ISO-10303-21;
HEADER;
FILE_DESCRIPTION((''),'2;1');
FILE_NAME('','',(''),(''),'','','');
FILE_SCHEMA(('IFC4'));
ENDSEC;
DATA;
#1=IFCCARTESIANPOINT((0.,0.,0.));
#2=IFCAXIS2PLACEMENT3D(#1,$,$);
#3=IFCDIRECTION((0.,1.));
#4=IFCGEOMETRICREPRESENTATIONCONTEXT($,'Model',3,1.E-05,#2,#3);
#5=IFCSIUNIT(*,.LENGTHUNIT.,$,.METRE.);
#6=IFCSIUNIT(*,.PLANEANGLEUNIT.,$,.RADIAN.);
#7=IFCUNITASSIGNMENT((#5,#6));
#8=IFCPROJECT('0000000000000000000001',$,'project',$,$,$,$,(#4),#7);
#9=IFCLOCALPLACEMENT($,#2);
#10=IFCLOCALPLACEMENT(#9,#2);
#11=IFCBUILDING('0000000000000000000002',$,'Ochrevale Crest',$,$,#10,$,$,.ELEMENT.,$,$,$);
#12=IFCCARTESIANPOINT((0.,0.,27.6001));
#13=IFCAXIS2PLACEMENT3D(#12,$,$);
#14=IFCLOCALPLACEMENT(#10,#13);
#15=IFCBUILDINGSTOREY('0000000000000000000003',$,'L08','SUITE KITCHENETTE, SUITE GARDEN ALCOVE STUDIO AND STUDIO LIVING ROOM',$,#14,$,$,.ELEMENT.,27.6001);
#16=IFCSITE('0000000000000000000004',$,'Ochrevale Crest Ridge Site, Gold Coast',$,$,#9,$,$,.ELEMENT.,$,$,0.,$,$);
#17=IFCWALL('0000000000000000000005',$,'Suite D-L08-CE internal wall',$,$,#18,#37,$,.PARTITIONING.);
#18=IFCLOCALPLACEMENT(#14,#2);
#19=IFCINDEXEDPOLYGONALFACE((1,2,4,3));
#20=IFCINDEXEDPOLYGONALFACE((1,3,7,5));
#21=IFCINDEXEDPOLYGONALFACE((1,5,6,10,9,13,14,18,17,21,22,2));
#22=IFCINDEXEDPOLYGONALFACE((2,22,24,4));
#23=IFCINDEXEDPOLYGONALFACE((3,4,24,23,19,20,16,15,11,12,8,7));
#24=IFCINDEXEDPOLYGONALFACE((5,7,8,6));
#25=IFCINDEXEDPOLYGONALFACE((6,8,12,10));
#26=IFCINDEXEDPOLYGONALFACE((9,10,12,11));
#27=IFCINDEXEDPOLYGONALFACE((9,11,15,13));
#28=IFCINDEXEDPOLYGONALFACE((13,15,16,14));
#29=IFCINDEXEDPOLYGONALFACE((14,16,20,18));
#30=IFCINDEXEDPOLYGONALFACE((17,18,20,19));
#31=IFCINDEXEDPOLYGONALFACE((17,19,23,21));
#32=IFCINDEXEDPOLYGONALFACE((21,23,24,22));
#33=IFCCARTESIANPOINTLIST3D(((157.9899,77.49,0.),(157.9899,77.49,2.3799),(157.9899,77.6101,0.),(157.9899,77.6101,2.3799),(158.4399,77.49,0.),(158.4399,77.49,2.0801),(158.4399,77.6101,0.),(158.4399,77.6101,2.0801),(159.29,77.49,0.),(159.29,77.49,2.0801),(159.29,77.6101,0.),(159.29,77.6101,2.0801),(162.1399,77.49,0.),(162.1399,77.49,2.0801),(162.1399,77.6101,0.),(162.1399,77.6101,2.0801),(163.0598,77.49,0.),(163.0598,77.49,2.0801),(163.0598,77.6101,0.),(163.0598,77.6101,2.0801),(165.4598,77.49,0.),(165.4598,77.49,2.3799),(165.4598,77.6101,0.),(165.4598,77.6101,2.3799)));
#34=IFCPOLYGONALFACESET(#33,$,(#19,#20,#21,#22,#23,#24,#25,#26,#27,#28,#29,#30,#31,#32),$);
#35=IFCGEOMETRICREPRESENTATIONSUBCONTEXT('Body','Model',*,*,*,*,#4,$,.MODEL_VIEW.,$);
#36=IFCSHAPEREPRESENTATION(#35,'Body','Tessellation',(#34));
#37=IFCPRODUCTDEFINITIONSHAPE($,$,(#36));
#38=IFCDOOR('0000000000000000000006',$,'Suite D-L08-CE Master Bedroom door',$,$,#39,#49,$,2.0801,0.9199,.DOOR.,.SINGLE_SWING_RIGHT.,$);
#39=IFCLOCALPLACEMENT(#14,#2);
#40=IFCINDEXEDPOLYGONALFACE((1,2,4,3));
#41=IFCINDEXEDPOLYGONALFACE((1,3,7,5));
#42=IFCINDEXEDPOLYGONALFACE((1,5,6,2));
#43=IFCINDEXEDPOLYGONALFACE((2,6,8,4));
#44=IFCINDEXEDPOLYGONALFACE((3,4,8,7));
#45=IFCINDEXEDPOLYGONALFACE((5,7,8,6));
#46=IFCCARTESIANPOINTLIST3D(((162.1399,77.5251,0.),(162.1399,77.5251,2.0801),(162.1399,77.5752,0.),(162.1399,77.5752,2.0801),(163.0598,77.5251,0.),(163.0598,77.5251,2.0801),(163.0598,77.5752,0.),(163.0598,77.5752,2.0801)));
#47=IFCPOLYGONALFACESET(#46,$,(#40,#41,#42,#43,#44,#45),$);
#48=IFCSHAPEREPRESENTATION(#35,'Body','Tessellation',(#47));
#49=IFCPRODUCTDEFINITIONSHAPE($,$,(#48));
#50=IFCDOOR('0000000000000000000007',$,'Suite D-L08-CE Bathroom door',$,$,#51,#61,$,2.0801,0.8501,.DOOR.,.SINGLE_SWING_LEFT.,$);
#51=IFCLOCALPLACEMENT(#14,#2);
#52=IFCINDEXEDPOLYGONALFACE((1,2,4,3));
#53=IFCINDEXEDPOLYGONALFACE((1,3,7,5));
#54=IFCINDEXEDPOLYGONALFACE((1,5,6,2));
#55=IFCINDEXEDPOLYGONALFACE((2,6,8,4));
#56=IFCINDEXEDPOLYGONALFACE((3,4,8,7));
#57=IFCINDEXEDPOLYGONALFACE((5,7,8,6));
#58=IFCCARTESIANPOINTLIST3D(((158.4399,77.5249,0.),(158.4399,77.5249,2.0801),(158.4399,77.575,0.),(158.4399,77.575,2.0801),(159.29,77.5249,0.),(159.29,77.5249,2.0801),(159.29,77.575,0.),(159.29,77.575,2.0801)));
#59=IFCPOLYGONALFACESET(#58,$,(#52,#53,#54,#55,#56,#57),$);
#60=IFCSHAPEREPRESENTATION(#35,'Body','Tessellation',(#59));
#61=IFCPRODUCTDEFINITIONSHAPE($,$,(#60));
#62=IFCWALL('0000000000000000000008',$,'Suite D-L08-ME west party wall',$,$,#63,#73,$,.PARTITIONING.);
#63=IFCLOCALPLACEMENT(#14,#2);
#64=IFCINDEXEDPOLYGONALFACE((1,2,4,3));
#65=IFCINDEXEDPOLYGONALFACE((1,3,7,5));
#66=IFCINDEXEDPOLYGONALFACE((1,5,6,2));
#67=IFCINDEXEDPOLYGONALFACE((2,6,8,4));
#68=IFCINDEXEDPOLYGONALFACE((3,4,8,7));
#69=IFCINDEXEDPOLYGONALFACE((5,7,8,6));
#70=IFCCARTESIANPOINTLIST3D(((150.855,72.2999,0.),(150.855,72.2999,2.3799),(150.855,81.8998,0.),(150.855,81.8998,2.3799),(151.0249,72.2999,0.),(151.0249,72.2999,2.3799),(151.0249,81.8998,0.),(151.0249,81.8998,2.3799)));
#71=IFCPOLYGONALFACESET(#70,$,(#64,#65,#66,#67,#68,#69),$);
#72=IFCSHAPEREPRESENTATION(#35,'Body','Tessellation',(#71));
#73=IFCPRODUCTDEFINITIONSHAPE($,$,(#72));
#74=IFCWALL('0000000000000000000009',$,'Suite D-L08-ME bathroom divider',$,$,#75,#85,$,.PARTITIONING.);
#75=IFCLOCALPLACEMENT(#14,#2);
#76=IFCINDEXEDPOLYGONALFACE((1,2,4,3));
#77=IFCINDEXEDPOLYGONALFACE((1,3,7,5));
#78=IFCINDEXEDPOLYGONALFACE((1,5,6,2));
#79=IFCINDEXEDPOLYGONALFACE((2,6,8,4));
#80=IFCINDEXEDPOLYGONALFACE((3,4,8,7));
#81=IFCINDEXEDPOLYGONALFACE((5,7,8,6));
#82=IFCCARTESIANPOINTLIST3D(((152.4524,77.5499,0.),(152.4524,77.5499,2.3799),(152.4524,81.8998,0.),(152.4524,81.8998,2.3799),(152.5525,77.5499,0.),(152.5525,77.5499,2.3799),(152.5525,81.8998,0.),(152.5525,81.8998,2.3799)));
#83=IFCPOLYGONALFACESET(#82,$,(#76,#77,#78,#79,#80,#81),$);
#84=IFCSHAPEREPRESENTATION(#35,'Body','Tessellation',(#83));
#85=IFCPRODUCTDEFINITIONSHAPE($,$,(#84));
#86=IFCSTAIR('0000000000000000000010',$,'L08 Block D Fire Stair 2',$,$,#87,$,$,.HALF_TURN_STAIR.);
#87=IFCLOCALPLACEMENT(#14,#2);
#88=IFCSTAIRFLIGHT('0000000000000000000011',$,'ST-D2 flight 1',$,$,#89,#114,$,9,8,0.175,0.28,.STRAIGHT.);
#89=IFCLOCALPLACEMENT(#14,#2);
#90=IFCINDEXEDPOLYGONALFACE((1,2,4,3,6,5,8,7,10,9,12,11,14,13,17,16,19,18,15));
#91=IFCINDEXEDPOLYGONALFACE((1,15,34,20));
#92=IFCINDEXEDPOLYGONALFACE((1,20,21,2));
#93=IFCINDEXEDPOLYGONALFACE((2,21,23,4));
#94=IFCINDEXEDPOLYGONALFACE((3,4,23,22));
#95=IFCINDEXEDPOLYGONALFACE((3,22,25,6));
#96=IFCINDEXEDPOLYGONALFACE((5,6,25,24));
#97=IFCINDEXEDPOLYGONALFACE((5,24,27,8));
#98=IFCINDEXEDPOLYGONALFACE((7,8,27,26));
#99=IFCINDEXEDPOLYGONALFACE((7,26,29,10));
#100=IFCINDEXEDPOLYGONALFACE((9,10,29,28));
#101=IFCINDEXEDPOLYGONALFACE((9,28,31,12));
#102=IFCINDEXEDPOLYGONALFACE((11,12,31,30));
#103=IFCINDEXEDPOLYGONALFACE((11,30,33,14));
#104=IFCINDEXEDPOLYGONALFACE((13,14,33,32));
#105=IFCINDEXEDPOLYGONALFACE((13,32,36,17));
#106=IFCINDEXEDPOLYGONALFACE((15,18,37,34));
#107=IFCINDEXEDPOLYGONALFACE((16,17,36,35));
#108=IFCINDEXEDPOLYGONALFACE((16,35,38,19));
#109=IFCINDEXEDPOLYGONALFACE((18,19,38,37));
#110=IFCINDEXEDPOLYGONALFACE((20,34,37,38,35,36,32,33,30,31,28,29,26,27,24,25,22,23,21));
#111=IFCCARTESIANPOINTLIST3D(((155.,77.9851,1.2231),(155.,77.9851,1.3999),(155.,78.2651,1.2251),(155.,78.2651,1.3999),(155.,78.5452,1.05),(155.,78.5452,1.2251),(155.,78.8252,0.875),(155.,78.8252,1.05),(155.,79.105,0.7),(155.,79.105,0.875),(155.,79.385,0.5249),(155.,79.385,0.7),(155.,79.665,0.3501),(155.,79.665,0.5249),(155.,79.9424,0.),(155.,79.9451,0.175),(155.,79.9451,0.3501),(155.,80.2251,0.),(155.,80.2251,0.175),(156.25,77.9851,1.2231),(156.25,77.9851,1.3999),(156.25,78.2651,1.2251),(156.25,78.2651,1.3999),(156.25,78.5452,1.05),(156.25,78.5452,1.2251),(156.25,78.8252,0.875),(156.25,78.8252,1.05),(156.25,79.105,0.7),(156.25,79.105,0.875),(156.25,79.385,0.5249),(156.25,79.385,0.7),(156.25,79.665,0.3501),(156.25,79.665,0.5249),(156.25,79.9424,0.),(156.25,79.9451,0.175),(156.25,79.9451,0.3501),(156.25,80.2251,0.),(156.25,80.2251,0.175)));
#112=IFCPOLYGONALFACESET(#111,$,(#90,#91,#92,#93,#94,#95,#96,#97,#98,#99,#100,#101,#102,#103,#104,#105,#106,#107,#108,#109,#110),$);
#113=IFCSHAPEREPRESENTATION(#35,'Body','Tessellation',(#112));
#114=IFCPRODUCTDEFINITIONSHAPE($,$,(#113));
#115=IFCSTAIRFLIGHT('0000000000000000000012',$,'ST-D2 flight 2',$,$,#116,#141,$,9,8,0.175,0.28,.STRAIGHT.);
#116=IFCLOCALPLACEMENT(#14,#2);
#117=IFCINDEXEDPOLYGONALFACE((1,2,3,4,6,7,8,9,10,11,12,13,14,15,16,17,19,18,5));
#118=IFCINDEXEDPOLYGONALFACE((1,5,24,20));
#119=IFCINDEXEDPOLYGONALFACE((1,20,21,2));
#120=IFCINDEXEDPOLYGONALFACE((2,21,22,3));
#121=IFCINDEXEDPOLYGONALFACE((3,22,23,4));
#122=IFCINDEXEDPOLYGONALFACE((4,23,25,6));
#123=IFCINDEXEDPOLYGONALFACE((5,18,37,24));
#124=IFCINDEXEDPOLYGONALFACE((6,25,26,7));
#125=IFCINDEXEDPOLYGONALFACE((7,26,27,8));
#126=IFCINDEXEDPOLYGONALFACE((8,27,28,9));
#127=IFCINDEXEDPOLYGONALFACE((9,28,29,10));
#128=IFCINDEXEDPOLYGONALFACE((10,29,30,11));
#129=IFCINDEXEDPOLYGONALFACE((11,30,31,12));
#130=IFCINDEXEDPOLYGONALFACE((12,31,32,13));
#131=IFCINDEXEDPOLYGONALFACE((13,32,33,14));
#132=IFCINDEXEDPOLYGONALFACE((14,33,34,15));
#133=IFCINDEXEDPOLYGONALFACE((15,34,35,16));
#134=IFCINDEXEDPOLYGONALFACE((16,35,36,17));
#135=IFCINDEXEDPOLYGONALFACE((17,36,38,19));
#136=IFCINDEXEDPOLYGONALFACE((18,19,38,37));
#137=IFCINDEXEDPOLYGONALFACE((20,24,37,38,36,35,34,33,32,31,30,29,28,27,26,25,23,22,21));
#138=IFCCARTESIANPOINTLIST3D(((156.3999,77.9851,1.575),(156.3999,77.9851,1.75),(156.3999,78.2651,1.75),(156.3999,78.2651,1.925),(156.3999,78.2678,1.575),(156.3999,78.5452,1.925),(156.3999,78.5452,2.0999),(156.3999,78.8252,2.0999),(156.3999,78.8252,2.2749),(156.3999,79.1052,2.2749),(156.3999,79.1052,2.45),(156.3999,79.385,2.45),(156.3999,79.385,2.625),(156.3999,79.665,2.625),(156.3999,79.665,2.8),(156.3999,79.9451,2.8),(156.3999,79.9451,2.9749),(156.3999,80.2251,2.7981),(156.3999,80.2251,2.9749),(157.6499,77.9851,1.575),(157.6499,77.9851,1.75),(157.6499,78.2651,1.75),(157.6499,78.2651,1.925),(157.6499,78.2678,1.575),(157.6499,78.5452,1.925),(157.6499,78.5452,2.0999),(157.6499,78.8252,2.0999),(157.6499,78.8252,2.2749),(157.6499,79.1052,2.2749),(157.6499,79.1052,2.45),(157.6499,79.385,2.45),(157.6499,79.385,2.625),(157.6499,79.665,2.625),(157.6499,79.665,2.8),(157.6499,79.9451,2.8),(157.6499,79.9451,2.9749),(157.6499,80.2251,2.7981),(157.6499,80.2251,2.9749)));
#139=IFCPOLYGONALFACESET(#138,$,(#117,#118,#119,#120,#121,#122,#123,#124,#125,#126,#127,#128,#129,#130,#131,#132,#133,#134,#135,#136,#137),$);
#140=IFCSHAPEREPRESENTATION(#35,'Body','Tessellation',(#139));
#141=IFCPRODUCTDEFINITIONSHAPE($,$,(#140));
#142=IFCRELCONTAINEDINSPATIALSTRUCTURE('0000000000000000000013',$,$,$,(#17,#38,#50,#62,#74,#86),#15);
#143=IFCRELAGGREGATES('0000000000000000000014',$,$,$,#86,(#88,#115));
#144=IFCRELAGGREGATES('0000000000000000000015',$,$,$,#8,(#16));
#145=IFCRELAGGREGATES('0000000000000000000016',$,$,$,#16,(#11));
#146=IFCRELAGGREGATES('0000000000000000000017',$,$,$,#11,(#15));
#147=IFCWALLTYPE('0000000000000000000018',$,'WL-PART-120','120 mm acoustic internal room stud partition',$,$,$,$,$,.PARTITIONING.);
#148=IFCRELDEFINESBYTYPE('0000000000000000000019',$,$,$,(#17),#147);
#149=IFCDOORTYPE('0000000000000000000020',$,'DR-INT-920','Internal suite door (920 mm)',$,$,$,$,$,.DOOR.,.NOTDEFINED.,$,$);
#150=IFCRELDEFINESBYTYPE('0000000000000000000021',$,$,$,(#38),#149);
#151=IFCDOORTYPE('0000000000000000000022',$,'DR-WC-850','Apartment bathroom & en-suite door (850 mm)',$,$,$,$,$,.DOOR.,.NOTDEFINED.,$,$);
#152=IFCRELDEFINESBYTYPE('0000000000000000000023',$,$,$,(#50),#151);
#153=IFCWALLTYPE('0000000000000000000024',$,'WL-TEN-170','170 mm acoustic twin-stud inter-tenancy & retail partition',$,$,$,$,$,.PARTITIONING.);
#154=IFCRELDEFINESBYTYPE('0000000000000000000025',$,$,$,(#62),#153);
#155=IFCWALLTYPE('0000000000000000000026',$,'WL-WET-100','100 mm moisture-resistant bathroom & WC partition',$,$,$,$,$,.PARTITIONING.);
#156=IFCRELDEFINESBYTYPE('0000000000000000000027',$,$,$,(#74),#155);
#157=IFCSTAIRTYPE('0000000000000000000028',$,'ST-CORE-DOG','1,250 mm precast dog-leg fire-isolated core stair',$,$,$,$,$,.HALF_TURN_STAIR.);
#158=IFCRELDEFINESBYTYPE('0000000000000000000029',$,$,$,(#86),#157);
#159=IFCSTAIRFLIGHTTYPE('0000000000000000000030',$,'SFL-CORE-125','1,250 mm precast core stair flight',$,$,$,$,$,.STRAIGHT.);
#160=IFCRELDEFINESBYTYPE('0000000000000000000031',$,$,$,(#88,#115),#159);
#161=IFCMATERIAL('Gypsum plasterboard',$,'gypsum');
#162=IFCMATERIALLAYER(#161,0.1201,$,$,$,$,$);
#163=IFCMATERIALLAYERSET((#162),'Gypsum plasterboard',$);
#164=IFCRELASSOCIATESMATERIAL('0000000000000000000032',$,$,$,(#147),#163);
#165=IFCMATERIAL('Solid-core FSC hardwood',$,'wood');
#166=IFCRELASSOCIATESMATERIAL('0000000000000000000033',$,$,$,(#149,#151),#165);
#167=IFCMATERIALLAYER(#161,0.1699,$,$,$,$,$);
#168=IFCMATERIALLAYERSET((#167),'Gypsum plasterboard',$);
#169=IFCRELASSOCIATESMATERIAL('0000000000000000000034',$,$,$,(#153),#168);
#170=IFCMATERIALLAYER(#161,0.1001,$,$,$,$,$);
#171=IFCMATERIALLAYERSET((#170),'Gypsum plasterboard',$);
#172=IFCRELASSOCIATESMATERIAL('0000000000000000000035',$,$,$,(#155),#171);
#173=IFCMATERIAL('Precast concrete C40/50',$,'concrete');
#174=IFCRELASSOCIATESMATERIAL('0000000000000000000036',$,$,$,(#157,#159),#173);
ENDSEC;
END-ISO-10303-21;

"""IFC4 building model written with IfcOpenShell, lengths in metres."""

from ifc_helpers import new_model, si_unit, direction, frame, frame_2d, origin, place, context, subcontext, project, spatial, polyline, rectangle, outline, extrude, material, layer, layer_set, type_object, element, fill, aggregate, save


model = new_model("IFC4")

# Units and contexts
model_context = context("Model", 3, precision=1e-05, world=origin(), true_north=direction((0.0, 1.0)))
body_context = subcontext(model_context, "Body", "Model", "MODEL_VIEW")
ifc_project = project(units=[si_unit("LENGTHUNIT", "METRE"), si_unit("PLANEANGLEUNIT", "RADIAN")], contexts=[model_context])

# Site, building, storey
site_placement = place(None, origin())
site = spatial("IfcSite", under=ifc_project, at=site_placement, Name="Ochrevale Crest Ridge Site, Gold Coast", CompositionType="ELEMENT", RefElevation=0.0)
building_placement = place(site_placement, origin())
building = spatial("IfcBuilding", under=site, at=building_placement, Name="Ochrevale Crest", CompositionType="ELEMENT")
storey_placement = place(building_placement, frame((0.0, 0.0, 27.6001)))
storey = spatial("IfcBuildingStorey", under=building, at=storey_placement, Name="L08", Description="SUITE KITCHENETTE, SUITE GARDEN ALCOVE STUDIO AND STUDIO LIVING ROOM", CompositionType="ELEMENT", Elevation=27.6001)

# Wall, openings, doors
ifc_material_1 = material(Name="Gypsum plasterboard", Category="gypsum")
ifc_layer_1 = layer(ifc_material_1, 0.1201)
ifc_layer_set_1 = layer_set([ifc_layer_1], Name="Gypsum plasterboard")
wall_type_1 = type_object("IfcWallType", Name="WL-PART-120", Description="120 mm acoustic internal room stud partition", PredefinedType="PARTITIONING", material=ifc_layer_set_1)
ifc_material_2 = material(Name="Solid-core FSC hardwood", Category="wood")
door_type_1 = type_object("IfcDoorType", Name="DR-INT-920", Description="Internal suite door (920 mm)", OperationType="NOTDEFINED", PredefinedType="DOOR", material=ifc_material_2)
door_type_2 = type_object("IfcDoorType", Name="DR-WC-850", Description="Apartment bathroom & en-suite door (850 mm)", OperationType="NOTDEFINED", PredefinedType="DOOR", material=ifc_material_2)
wall_1_placement = place(storey_placement, frame((157.99, 77.55, 0.0), z_axis=(0.0, 0.0, 1.0), x_axis=(1.0, 0.0, 0.0)))
wall_1 = element("IfcWall", 1, at=wall_1_placement, inside=storey, type_object=wall_type_1, Name="Suite D-L08-CE internal wall", PredefinedType="PARTITIONING", context=body_context, shape_type="SweptSolid", body=[
    extrude(rectangle(XDim=7.47, YDim=0.1201, at=frame_2d((3.7349, 0.0))), origin(), (0.0, 0.0, 1.0), 2.3799),
])
opening_1_placement = place(wall_1_placement, frame((0.45, 0.0, 0.0)))
opening_1 = element("IfcOpeningElement", 2, at=opening_1_placement, cuts=wall_1, PredefinedType="OPENING", context=body_context, shape_type="SweptSolid", body=[
    extrude(rectangle(XDim=0.8501, YDim=2.0801, at=frame_2d((0.425, 1.04))), frame((0.0, 0.0701, 0.0), z_axis=(0.0, -1.0, 0.0), x_axis=(1.0, 0.0, 0.0)), (0.0, 0.0, 1.0), 0.1401),
])
opening_2_placement = place(wall_1_placement, frame((5.0698, 0.0, 0.0), z_axis=(0.0, 0.0, 1.0), x_axis=(-1.0, 0.0, 0.0)))
opening_2 = element("IfcOpeningElement", 3, at=opening_2_placement, cuts=wall_1, PredefinedType="OPENING", context=body_context, shape_type="SweptSolid", body=[
    extrude(rectangle(XDim=0.9199, YDim=2.0801, at=frame_2d((0.46, 1.04))), frame((0.0, 0.0701, 0.0), z_axis=(0.0, -1.0, 0.0), x_axis=(1.0, 0.0, 0.0)), (0.0, 0.0, 1.0), 0.1401),
])
door_1_placement = place(opening_2_placement, origin())
door_1 = element("IfcDoor", 4, at=door_1_placement, inside=storey, type_object=door_type_1, Name="Suite D-L08-CE Master Bedroom door", OperationType="SINGLE_SWING_RIGHT", OverallHeight=2.0801, OverallWidth=0.9199, PredefinedType="DOOR", context=body_context, shape_type="SweptSolid", body=[
    extrude(rectangle(XDim=0.9199, YDim=2.0801, at=frame_2d((0.46, 1.04))), frame((0.0, 0.0249, 0.0), z_axis=(0.0, -1.0, 0.0), x_axis=(1.0, 0.0, 0.0)), (0.0, 0.0, 1.0), 0.05),
])
fill(opening_2, door_1)
door_2_placement = place(opening_1_placement, origin())
door_2 = element("IfcDoor", 5, at=door_2_placement, inside=storey, type_object=door_type_2, Name="Suite D-L08-CE Bathroom door", OperationType="SINGLE_SWING_LEFT", OverallHeight=2.0801, OverallWidth=0.8501, PredefinedType="DOOR", context=body_context, shape_type="SweptSolid", body=[
    extrude(rectangle(XDim=0.8501, YDim=2.0801, at=frame_2d((0.425, 1.04))), frame((0.0, 0.0249, 0.0), z_axis=(0.0, -1.0, 0.0), x_axis=(1.0, 0.0, 0.0)), (0.0, 0.0, 1.0), 0.05),
])
fill(opening_1, door_2)

# Walls
ifc_layer_2 = layer(ifc_material_1, 0.1699)
ifc_layer_set_2 = layer_set([ifc_layer_2], Name="Gypsum plasterboard")
wall_type_2 = type_object("IfcWallType", Name="WL-TEN-170", Description="170 mm acoustic twin-stud inter-tenancy & retail partition", PredefinedType="PARTITIONING", material=ifc_layer_set_2)
wall_2_placement = place(storey_placement, frame((150.9399, 72.3, 0.0), z_axis=(0.0, 0.0, 1.0), x_axis=(0.0, 1.0, 0.0)))
element("IfcWall", 6, at=wall_2_placement, inside=storey, type_object=wall_type_2, Name="Suite D-L08-ME west party wall", PredefinedType="PARTITIONING", context=body_context, shape_type="SweptSolid", body=[
    extrude(rectangle(XDim=9.5999, YDim=0.1699, at=frame_2d((4.7998, 0.0))), origin(), (0.0, 0.0, 1.0), 2.3799),
])
ifc_layer_3 = layer(ifc_material_1, 0.1001)
ifc_layer_set_3 = layer_set([ifc_layer_3], Name="Gypsum plasterboard")
wall_type_3 = type_object("IfcWallType", Name="WL-WET-100", Description="100 mm moisture-resistant bathroom & WC partition", PredefinedType="PARTITIONING", material=ifc_layer_set_3)
wall_3_placement = place(storey_placement, frame((152.5024, 77.55, 0.0), z_axis=(0.0, 0.0, 1.0), x_axis=(0.0, 1.0, 0.0)))
element("IfcWall", 7, at=wall_3_placement, inside=storey, type_object=wall_type_3, Name="Suite D-L08-ME bathroom divider", PredefinedType="PARTITIONING", context=body_context, shape_type="SweptSolid", body=[
    extrude(rectangle(XDim=4.3499, YDim=0.1001, at=frame_2d((2.1748, 0.0))), origin(), (0.0, 0.0, 1.0), 2.3799),
])

# Stair, stair flights
ifc_material_3 = material(Name="Precast concrete C40/50", Category="concrete")
stair_type = type_object("IfcStairType", Name="ST-CORE-DOG", Description="1,250 mm precast dog-leg fire-isolated core stair", PredefinedType="HALF_TURN_STAIR", material=ifc_material_3)
stair_placement = place(storey_placement, origin())
stair = element("IfcStair", 8, at=stair_placement, inside=storey, type_object=stair_type, Name="L08 Block D Fire Stair 2", PredefinedType="HALF_TURN_STAIR")
stair_flight_type = type_object("IfcStairFlightType", Name="SFL-CORE-125", Description="1,250 mm precast core stair flight", PredefinedType="STRAIGHT", material=ifc_material_3)
stair_flight_1_placement = place(storey_placement, frame((155.625, 80.2251, 0.0), z_axis=(0.0, 0.0, 1.0), x_axis=(0.0, -1.0, 0.0)))
stair_flight_1 = element("IfcStairFlight", 9, at=stair_flight_1_placement, type_object=stair_flight_type, Name="ST-D2 flight 1", NumberOfRisers=9, NumberOfTreads=8, PredefinedType="STRAIGHT", RiserHeight=0.175, TreadLength=0.28, context=body_context, shape_type="SweptSolid", body=[
    extrude(outline(polyline([(0.0, 0.0), (0.0, 0.175), (0.28, 0.175), (0.28, 0.3501), (0.5601, 0.3501), (0.5601, 0.5249), (0.8401, 0.5249), (0.8401, 0.7), (1.1201, 0.7), (1.1201, 0.875), (1.3999, 0.875), (1.3999, 1.05), (1.6799, 1.05), (1.6799, 1.2251), (1.96, 1.2251), (1.96, 1.3999), (2.24, 1.3999), (2.24, 1.575), (2.24, 1.2231), (0.2827, 0.0), (0.0, 0.0)])), frame((0.0, 0.625, 0.0), z_axis=(0.0, -1.0, 0.0), x_axis=(1.0, 0.0, 0.0)), (0.0, 0.0, 1.0), 1.25),
])
stair_flight_2_placement = place(storey_placement, frame((157.0249, 77.9851, 1.575), z_axis=(0.0, 0.0, 1.0), x_axis=(0.0, 1.0, 0.0)))
stair_flight_2 = element("IfcStairFlight", 10, at=stair_flight_2_placement, type_object=stair_flight_type, Name="ST-D2 flight 2", NumberOfRisers=9, NumberOfTreads=8, PredefinedType="STRAIGHT", RiserHeight=0.175, TreadLength=0.28, context=body_context, shape_type="SweptSolid", body=[
    extrude(outline(polyline([(0.0, 0.0), (0.0, 0.175), (0.28, 0.175), (0.28, 0.3501), (0.5601, 0.3501), (0.5601, 0.5249), (0.8401, 0.5249), (0.8401, 0.7), (1.1201, 0.7), (1.1201, 0.875), (1.3999, 0.875), (1.3999, 1.05), (1.6799, 1.05), (1.6799, 1.2251), (1.96, 1.2251), (1.96, 1.3999), (2.24, 1.3999), (2.24, 1.575), (2.24, 1.2231), (0.2827, 0.0), (0.0, 0.0)])), frame((0.0, 0.625, 0.0), z_axis=(0.0, -1.0, 0.0), x_axis=(1.0, 0.0, 0.0)), (0.0, 0.0, 1.0), 1.25),
])
aggregate(stair, [stair_flight_1, stair_flight_2])

save(model, "model.ifc")
